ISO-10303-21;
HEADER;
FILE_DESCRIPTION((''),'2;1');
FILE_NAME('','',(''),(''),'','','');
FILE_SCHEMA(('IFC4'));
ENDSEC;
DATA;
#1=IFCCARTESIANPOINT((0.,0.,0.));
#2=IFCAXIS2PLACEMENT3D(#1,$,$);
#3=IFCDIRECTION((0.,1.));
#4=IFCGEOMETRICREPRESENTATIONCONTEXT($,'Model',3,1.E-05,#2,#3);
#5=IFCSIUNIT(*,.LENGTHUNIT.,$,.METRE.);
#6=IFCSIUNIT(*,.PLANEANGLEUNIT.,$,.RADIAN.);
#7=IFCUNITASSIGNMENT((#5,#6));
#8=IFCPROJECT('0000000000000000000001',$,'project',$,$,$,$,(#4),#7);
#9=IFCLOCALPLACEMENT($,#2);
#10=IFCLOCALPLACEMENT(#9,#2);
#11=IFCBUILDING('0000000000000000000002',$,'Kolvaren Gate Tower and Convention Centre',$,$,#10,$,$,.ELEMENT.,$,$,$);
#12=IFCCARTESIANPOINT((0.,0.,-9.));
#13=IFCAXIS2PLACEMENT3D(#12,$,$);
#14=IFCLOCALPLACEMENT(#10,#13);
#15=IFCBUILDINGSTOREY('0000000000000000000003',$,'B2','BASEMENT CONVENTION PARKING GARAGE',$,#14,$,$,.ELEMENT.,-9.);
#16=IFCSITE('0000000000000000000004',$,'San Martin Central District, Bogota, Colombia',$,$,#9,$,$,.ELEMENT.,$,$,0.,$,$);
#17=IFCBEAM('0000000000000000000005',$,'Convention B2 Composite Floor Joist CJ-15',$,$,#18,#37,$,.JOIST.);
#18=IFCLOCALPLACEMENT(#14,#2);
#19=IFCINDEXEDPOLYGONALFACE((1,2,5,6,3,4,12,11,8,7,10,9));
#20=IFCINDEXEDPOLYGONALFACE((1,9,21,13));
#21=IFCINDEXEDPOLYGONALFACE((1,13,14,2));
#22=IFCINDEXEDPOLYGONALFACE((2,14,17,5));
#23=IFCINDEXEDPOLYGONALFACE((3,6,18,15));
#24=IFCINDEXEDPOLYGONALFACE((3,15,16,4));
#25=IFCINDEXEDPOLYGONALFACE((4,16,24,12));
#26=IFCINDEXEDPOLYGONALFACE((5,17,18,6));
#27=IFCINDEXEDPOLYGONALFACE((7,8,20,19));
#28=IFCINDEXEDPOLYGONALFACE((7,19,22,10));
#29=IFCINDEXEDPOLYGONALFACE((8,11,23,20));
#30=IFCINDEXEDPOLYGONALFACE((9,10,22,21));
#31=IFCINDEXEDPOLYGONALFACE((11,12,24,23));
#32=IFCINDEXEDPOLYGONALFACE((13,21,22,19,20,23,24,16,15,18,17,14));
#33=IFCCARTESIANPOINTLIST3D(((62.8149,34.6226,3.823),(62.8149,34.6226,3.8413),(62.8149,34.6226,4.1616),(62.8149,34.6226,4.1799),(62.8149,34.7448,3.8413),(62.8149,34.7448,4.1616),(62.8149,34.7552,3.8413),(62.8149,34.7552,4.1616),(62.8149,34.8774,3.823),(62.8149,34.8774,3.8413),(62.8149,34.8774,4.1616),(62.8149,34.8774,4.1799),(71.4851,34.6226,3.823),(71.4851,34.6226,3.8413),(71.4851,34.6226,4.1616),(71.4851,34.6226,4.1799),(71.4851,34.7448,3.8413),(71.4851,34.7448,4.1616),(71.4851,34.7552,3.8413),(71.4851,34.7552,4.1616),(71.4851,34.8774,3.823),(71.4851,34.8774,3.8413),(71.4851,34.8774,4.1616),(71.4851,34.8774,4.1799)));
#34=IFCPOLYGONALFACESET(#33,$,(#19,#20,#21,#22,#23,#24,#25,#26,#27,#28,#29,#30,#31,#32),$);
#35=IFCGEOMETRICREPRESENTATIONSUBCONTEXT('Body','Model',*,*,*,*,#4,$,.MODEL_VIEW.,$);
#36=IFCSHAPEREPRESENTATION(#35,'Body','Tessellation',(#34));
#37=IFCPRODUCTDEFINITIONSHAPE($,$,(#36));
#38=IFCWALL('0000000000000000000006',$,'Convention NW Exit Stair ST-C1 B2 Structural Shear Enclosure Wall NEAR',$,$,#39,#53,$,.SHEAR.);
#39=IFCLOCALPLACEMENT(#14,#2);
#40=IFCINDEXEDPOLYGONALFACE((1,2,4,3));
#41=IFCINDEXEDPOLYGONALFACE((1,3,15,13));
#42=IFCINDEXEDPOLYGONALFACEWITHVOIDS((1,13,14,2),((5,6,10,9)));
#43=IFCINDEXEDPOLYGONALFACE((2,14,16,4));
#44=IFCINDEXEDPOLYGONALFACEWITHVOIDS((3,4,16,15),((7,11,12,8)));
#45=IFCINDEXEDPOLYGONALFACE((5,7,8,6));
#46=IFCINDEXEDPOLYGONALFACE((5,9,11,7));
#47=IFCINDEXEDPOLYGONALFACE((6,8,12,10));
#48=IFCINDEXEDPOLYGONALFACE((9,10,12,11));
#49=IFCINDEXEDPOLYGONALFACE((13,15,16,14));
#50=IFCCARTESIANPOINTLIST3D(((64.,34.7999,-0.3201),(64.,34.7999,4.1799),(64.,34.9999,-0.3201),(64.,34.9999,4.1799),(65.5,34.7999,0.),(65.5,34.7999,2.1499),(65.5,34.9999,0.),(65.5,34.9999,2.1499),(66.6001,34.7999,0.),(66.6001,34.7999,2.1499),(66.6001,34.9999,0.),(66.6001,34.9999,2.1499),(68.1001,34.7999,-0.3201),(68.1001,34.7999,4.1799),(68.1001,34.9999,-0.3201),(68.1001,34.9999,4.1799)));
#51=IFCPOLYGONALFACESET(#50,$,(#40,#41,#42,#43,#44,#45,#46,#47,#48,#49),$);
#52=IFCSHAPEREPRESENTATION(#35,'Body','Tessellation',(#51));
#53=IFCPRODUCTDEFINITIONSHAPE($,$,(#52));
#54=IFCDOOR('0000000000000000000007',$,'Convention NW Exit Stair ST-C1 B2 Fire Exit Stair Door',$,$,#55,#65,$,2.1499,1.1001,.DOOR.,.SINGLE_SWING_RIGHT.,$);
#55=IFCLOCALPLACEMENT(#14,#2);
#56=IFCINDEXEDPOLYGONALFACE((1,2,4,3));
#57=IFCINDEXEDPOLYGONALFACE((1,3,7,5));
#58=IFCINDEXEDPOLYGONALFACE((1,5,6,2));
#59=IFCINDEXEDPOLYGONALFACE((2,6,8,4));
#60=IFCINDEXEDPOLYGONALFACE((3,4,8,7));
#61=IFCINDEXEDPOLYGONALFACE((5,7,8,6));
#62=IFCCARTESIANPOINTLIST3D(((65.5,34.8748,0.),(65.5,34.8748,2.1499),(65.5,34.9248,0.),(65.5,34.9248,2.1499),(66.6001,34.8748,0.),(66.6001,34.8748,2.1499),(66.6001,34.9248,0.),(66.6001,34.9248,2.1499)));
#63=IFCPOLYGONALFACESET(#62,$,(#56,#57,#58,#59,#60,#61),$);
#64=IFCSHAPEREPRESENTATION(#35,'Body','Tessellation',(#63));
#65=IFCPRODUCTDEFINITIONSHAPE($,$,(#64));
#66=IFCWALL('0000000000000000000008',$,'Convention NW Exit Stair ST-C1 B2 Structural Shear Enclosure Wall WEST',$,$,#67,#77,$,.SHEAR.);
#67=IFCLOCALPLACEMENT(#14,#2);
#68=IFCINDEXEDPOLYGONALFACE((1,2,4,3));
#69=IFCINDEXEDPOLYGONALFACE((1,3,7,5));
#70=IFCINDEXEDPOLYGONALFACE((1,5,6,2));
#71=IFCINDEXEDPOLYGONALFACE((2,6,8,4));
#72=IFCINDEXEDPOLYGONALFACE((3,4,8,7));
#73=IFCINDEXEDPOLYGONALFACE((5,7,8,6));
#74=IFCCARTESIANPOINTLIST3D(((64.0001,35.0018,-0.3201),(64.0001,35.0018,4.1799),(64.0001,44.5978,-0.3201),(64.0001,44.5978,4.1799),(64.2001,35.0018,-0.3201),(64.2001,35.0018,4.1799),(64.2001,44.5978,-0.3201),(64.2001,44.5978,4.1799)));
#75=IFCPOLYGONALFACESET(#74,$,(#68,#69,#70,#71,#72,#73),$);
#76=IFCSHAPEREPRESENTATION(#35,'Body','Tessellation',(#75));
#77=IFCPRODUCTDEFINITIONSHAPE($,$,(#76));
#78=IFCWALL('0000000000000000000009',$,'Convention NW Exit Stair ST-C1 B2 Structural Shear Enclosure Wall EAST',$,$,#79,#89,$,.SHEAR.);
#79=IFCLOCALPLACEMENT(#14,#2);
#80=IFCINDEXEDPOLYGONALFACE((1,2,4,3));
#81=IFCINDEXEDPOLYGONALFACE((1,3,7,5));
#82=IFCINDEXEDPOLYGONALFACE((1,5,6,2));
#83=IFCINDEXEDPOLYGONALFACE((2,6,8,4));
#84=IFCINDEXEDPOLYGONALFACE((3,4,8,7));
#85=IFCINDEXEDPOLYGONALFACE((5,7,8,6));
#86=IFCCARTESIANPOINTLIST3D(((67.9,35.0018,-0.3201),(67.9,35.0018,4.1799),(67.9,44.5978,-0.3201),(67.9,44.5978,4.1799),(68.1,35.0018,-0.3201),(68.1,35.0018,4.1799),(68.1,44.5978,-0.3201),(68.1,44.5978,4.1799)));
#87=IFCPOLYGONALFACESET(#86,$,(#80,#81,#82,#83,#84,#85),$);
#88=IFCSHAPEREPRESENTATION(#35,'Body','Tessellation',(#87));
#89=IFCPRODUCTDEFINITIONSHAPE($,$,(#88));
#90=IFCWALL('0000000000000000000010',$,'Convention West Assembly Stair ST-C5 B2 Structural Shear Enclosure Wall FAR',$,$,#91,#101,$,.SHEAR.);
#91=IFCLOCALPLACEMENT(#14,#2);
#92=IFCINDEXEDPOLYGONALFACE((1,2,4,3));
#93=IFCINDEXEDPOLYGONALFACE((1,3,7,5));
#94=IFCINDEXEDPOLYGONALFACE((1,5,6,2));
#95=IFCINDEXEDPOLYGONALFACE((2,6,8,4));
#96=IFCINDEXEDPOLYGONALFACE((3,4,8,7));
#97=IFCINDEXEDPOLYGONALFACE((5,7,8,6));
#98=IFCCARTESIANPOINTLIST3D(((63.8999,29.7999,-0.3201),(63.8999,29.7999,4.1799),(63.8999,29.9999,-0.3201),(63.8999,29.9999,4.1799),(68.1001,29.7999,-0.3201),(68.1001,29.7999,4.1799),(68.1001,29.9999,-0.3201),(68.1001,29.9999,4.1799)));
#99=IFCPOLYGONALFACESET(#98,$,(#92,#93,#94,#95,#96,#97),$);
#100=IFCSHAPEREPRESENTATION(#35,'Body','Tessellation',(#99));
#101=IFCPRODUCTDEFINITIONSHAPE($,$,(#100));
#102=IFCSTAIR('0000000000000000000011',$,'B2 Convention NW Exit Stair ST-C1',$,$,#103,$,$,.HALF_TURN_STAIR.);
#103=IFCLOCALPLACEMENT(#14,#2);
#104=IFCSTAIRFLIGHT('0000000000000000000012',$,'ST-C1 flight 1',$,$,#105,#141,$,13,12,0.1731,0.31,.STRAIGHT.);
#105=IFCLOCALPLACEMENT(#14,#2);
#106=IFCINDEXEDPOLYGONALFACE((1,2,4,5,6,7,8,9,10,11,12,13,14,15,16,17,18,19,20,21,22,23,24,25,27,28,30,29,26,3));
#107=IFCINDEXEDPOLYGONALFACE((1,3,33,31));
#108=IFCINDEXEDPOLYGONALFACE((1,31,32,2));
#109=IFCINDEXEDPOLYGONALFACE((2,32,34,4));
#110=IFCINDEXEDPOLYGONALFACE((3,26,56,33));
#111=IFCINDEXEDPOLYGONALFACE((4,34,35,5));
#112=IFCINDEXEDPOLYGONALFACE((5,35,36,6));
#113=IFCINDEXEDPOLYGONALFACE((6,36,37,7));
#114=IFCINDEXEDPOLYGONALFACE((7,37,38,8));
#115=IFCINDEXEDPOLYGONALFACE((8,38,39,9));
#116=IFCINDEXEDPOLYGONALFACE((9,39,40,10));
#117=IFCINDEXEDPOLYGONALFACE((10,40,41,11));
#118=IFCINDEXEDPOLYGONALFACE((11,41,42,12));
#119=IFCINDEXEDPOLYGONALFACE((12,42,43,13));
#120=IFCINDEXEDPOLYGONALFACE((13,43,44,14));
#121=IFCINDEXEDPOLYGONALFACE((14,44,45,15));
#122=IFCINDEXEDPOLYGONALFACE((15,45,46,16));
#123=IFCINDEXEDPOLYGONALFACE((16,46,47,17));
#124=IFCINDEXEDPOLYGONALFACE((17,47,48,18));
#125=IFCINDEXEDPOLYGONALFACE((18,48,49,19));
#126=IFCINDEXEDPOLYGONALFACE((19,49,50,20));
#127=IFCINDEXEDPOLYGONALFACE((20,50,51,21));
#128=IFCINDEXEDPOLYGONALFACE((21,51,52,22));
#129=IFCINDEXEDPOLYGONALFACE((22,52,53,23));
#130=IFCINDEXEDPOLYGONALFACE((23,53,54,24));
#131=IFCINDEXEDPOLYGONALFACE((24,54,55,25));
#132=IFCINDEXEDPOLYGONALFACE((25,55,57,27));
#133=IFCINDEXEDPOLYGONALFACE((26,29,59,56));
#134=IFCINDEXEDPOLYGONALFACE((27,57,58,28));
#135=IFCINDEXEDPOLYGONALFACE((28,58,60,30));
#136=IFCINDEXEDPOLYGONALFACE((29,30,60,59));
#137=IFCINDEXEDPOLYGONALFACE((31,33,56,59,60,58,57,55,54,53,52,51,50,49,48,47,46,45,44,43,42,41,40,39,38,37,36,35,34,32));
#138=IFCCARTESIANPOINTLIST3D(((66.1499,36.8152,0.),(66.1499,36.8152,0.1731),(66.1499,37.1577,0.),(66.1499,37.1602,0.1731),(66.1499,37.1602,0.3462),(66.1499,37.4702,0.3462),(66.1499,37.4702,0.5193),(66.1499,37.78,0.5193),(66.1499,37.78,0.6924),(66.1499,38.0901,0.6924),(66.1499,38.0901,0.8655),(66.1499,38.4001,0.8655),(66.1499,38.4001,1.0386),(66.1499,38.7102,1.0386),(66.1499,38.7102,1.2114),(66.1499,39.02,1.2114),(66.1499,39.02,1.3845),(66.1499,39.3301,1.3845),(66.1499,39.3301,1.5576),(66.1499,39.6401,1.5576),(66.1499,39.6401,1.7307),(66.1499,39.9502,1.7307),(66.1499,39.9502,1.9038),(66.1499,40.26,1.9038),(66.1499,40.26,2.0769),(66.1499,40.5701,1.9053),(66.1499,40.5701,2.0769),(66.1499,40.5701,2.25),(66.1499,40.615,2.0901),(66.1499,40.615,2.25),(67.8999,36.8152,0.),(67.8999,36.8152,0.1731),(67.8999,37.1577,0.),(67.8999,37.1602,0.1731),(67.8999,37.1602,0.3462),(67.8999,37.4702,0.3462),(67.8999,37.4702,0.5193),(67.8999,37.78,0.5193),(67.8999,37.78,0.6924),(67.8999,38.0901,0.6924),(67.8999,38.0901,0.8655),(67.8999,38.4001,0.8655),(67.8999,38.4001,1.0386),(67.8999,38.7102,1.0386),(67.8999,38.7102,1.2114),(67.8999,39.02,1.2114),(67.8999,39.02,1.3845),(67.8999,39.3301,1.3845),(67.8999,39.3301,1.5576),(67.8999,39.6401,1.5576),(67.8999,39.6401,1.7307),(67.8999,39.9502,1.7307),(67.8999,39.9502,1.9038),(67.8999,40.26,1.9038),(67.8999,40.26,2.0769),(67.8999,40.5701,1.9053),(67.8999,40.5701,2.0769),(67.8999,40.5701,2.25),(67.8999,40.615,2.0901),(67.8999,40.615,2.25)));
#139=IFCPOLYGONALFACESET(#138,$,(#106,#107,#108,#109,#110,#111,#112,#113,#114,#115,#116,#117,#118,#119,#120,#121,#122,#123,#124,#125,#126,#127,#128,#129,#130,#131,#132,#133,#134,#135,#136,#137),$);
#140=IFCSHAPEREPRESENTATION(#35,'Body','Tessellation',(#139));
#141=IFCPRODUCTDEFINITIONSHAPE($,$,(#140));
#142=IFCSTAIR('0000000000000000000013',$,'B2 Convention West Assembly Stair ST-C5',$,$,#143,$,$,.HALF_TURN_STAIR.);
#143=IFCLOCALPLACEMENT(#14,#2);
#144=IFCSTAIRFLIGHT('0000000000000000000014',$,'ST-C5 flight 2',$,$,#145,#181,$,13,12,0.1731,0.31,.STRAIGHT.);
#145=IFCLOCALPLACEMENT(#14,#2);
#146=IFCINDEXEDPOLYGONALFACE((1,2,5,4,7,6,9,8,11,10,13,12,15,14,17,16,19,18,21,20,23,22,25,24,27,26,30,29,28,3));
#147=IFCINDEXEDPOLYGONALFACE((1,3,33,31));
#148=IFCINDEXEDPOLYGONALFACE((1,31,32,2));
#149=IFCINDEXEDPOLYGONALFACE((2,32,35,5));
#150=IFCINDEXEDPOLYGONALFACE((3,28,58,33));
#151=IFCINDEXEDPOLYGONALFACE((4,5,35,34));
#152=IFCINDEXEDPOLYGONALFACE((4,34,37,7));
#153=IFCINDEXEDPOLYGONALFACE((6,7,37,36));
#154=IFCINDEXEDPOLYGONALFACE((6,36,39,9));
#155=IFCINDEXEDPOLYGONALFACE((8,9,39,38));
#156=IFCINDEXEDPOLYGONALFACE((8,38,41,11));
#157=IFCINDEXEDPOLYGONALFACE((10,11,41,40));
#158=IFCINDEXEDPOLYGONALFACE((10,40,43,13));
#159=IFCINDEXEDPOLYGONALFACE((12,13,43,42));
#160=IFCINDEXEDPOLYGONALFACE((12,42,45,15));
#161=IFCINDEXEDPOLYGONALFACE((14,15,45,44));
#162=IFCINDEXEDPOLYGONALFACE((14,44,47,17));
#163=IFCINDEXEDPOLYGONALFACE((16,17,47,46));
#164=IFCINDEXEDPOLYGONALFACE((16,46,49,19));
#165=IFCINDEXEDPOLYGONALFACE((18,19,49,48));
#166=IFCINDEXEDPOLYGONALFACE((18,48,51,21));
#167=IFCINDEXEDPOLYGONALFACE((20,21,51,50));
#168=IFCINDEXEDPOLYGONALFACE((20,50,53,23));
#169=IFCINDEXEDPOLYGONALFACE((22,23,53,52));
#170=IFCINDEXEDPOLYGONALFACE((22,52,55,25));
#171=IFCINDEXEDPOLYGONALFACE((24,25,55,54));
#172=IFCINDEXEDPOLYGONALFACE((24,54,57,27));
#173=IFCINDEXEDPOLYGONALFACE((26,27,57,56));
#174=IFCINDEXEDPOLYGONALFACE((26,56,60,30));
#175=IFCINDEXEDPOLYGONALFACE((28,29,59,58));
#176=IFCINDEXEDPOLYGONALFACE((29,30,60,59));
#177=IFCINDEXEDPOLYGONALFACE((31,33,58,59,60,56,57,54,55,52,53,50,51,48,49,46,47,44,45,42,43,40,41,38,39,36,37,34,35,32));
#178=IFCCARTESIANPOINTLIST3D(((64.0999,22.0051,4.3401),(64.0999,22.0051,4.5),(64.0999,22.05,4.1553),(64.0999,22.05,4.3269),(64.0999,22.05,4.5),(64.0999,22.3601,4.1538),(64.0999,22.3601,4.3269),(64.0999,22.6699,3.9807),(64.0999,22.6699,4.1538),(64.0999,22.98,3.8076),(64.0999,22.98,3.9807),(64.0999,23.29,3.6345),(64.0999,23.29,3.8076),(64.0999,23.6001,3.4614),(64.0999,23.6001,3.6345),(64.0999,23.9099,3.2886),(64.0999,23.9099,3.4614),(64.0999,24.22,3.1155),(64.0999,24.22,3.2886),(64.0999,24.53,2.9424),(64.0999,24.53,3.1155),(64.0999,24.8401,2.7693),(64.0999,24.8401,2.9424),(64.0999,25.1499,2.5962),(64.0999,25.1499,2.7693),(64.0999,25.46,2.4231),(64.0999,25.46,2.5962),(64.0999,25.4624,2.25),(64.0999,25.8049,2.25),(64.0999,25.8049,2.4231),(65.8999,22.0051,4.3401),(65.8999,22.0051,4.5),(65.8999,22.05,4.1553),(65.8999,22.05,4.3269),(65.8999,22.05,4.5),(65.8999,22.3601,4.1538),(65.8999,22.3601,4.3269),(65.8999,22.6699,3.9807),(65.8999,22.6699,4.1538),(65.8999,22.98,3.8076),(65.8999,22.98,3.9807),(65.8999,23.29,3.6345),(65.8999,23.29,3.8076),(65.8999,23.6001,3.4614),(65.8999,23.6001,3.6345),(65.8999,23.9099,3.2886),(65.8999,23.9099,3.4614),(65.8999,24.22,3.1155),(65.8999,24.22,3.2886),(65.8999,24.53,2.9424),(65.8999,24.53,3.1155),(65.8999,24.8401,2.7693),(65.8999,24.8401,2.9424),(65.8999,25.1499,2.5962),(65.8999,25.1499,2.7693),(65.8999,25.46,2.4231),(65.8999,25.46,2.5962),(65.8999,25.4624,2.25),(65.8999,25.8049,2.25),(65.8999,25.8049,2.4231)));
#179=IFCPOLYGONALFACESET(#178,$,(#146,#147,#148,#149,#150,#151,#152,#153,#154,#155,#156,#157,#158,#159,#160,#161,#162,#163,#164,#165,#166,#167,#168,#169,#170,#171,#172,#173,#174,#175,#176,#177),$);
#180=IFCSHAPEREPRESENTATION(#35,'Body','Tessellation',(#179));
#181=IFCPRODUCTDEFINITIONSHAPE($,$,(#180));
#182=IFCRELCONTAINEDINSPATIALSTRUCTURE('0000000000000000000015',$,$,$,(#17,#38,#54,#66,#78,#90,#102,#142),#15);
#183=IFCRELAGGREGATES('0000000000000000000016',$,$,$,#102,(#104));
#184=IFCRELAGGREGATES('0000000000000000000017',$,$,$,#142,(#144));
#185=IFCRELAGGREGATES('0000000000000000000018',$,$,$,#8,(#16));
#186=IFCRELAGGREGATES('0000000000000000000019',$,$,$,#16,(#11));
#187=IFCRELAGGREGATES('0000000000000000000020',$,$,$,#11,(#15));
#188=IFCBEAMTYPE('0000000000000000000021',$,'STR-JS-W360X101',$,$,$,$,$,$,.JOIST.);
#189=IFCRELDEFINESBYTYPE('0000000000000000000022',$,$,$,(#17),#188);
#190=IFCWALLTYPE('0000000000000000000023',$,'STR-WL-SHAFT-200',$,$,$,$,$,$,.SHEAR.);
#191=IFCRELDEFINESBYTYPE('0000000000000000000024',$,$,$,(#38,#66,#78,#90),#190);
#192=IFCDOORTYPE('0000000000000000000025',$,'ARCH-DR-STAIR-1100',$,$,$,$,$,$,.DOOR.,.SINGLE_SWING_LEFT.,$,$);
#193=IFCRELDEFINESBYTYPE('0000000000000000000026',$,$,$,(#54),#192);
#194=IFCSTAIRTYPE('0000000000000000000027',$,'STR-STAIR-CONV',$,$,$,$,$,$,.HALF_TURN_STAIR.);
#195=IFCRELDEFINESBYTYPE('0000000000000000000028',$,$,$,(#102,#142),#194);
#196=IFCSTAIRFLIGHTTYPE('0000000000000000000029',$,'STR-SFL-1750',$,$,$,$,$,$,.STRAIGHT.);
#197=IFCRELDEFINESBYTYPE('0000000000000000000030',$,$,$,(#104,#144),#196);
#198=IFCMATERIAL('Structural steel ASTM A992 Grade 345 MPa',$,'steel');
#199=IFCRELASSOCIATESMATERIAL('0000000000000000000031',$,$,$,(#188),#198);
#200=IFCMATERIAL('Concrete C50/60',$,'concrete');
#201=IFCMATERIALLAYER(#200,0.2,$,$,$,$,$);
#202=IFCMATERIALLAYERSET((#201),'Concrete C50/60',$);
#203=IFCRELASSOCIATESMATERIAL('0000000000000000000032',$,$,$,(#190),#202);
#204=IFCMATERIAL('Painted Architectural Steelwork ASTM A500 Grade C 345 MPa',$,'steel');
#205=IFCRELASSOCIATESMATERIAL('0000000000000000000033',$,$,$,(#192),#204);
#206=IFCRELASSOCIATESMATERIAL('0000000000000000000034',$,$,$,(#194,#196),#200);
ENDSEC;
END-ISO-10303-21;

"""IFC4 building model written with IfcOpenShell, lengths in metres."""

from ifc_helpers import new_model, si_unit, direction, frame, frame_2d, origin, origin_2d, place, context, subcontext, project, spatial, polyline, rectangle, i_section, outline, extrude, material, layer, layer_set, material_profile, profile_set, type_object, element, fill, aggregate, save


model = new_model("IFC4")

# Units and contexts
model_context = context("Model", 3, precision=1e-05, world=origin(), true_north=direction((0.0, 1.0)))
body_context = subcontext(model_context, "Body", "Model", "MODEL_VIEW")
ifc_project = project(units=[si_unit("LENGTHUNIT", "METRE"), si_unit("PLANEANGLEUNIT", "RADIAN")], contexts=[model_context])

# Site, building, storey
site_placement = place(None, origin())
site = spatial("IfcSite", under=ifc_project, at=site_placement, Name="San Martin Central District, Bogota, Colombia", CompositionType="ELEMENT", RefElevation=0.0)
building_placement = place(site_placement, origin())
building = spatial("IfcBuilding", under=site, at=building_placement, Name="Kolvaren Gate Tower and Convention Centre", CompositionType="ELEMENT")
storey_placement = place(building_placement, frame((0.0, 0.0, -9.0)))
storey = spatial("IfcBuildingStorey", under=building, at=storey_placement, Name="B2", Description="BASEMENT CONVENTION PARKING GARAGE", CompositionType="ELEMENT", Elevation=-9.0)

# Beam
ifc_material_1 = material(Name="Structural steel ASTM A992 Grade 345 MPa", Category="steel")
ifc_material_profile_1 = material_profile(ifc_material_1, i_section(OverallWidth=0.2549, OverallDepth=0.3569, WebThickness=0.0105, FlangeThickness=0.0183, at=origin_2d()), Name="W360X101")
ifc_profile_set_1 = profile_set([ifc_material_profile_1], Name="Structural steel ASTM A992 Grade 345 MPa")
beam_type_1 = type_object("IfcBeamType", Name="STR-JS-W360X101", PredefinedType="JOIST", material=ifc_profile_set_1)
beam_1_placement = place(storey_placement, frame((62.8149, 34.75, 4.0015), z_axis=(1.0, 0.0, 0.0), x_axis=(0.0, 1.0, 0.0)))
element("IfcBeam", 1, at=beam_1_placement, inside=storey, type_object=beam_type_1, Name="Convention B2 Composite Floor Joist CJ-15", PredefinedType="JOIST", context=body_context, shape_type="SweptSolid", body=[
    extrude(i_section(OverallWidth=0.2549, OverallDepth=0.3569, WebThickness=0.0105, FlangeThickness=0.0183, at=origin_2d()), origin(), (0.0, 0.0, 1.0), 8.6702),
])

# Wall, opening, door
ifc_material_2 = material(Name="Concrete C50/60", Category="concrete")
ifc_layer = layer(ifc_material_2, 0.2)
ifc_layer_set = layer_set([ifc_layer], Name="Concrete C50/60")
wall_type = type_object("IfcWallType", Name="STR-WL-SHAFT-200", PredefinedType="SHEAR", material=ifc_layer_set)
wall_1_placement = place(storey_placement, frame((64.0, 34.8999, -0.3201), z_axis=(0.0, 0.0, 1.0), x_axis=(1.0, 0.0, 0.0)))
wall_1 = element("IfcWall", 2, at=wall_1_placement, inside=storey, type_object=wall_type, Name="Convention NW Exit Stair ST-C1 B2 Structural Shear Enclosure Wall NEAR", PredefinedType="SHEAR", context=body_context, shape_type="SweptSolid", body=[
    extrude(rectangle(XDim=4.1001, YDim=0.2, at=frame_2d((2.05, 0.0))), origin(), (0.0, 0.0, 1.0), 4.5),
])
opening_placement = place(wall_1_placement, frame((1.5, 0.0, 0.3201)))
opening = element("IfcOpeningElement", 3, at=opening_placement, cuts=wall_1, PredefinedType="OPENING", context=body_context, shape_type="SweptSolid", body=[
    extrude(rectangle(XDim=1.1001, YDim=2.1499, at=frame_2d((0.55, 1.075))), frame((0.0, 0.1099, 0.0), z_axis=(0.0, -1.0, 0.0), x_axis=(1.0, 0.0, 0.0)), (0.0, 0.0, 1.0), 0.22),
])
ifc_material_3 = material(Name="Painted Architectural Steelwork ASTM A500 Grade C 345 MPa", Category="steel")
door_type = type_object("IfcDoorType", Name="ARCH-DR-STAIR-1100", OperationType="SINGLE_SWING_LEFT", PredefinedType="DOOR", material=ifc_material_3)
door_placement = place(opening_placement, origin())
door = element("IfcDoor", 4, at=door_placement, inside=storey, type_object=door_type, Name="Convention NW Exit Stair ST-C1 B2 Fire Exit Stair Door", OperationType="SINGLE_SWING_RIGHT", OverallHeight=2.1499, OverallWidth=1.1001, PredefinedType="DOOR", context=body_context, shape_type="SweptSolid", body=[
    extrude(rectangle(XDim=1.1001, YDim=2.1499, at=frame_2d((0.55, 1.075))), frame((0.0, 0.0249, 0.0), z_axis=(0.0, -1.0, 0.0), x_axis=(1.0, 0.0, 0.0)), (0.0, 0.0, 1.0), 0.05),
])
fill(opening, door)

# Walls
for number, where, z_axis, x_axis, name in (
    (5, (64.1001, 35.002, -0.3201), (0.0, 0.0, 1.0), (0.0, 1.0, 0.0), "Convention NW Exit Stair ST-C1 B2 Structural Shear Enclosure Wall WEST"),
    (6, (68.0, 35.002, -0.3201), (0.0, 0.0, 1.0), (0.0, 1.0, 0.0), "Convention NW Exit Stair ST-C1 B2 Structural Shear Enclosure Wall EAST"),
):
    element("IfcWall", number, at=place(storey_placement, frame(where, z_axis=z_axis, x_axis=x_axis)), inside=storey, type_object=wall_type, Name=name, PredefinedType="SHEAR", context=body_context, shape_type="SweptSolid", body=[
        extrude(rectangle(XDim=9.5959, YDim=0.2, at=frame_2d((4.7979, 0.0))), origin(), (0.0, 0.0, 1.0), 4.5),
    ])
wall_2_placement = place(storey_placement, frame((63.8999, 29.8999, -0.3201), z_axis=(0.0, 0.0, 1.0), x_axis=(1.0, 0.0, 0.0)))
element("IfcWall", 7, at=wall_2_placement, inside=storey, type_object=wall_type, Name="Convention West Assembly Stair ST-C5 B2 Structural Shear Enclosure Wall FAR", PredefinedType="SHEAR", context=body_context, shape_type="SweptSolid", body=[
    extrude(rectangle(XDim=4.2002, YDim=0.2, at=frame_2d((2.1001, 0.0))), origin(), (0.0, 0.0, 1.0), 4.5),
])

# Stairs, stair flights
stair_type = type_object("IfcStairType", Name="STR-STAIR-CONV", PredefinedType="HALF_TURN_STAIR", material=ifc_material_2)
stair_1_placement = place(storey_placement, origin())
stair_1 = element("IfcStair", 8, at=stair_1_placement, inside=storey, type_object=stair_type, Name="B2 Convention NW Exit Stair ST-C1", PredefinedType="HALF_TURN_STAIR")
stair_flight_type = type_object("IfcStairFlightType", Name="STR-SFL-1750", PredefinedType="STRAIGHT", material=ifc_material_2)
stair_flight_1_placement = place(storey_placement, frame((67.0249, 36.8501, 0.0), z_axis=(0.0, 0.0, 1.0), x_axis=(0.0, 1.0, 0.0)))
stair_flight_1 = element("IfcStairFlight", 9, at=stair_flight_1_placement, type_object=stair_flight_type, Name="ST-C1 flight 1", NumberOfRisers=13, NumberOfTreads=12, PredefinedType="STRAIGHT", RiserHeight=0.1731, TreadLength=0.31, context=body_context, shape_type="SweptSolid", body=[
    extrude(outline(polyline([(-0.0349, 0.0), (-0.0349, 0.1731), (0.3101, 0.1731), (0.3101, 0.3462), (0.6201, 0.3462), (0.6201, 0.5193), (0.9299, 0.5193), (0.9299, 0.6924), (1.24, 0.6924), (1.24, 0.8655), (1.55, 0.8655), (1.55, 1.0386), (1.8601, 1.0386), (1.8601, 1.2114), (2.1699, 1.2114), (2.1699, 1.3845), (2.48, 1.3845), (2.48, 1.5576), (2.79, 1.5576), (2.79, 1.7307), (3.1001, 1.7307), (3.1001, 1.9038), (3.4099, 1.9038), (3.4099, 2.0769), (3.72, 2.0769), (3.72, 2.25), (3.7649, 2.25), (3.7649, 2.0901), (3.72, 1.9053), (0.3076, 0.0), (-0.0349, 0.0)])), frame((0.0, 0.875, 0.0), z_axis=(0.0, -1.0, 0.0), x_axis=(1.0, 0.0, 0.0)), (0.0, 0.0, 1.0), 1.75),
])
aggregate(stair_1, [stair_flight_1])
stair_2_placement = place(storey_placement, origin())
stair_2 = element("IfcStair", 10, at=stair_2_placement, inside=storey, type_object=stair_type, Name="B2 Convention West Assembly Stair ST-C5", PredefinedType="HALF_TURN_STAIR")
stair_flight_2_placement = place(storey_placement, frame((65.0, 25.77, 2.25), z_axis=(0.0, 0.0, 1.0), x_axis=(0.0, -1.0, 0.0)))
stair_flight_2 = element("IfcStairFlight", 11, at=stair_flight_2_placement, type_object=stair_flight_type, Name="ST-C5 flight 2", NumberOfRisers=13, NumberOfTreads=12, PredefinedType="STRAIGHT", RiserHeight=0.1731, TreadLength=0.31, context=body_context, shape_type="SweptSolid", body=[
    extrude(outline(polyline([(-0.0349, 0.0), (-0.0349, 0.1731), (0.3101, 0.1731), (0.3101, 0.3462), (0.6201, 0.3462), (0.6201, 0.5193), (0.9299, 0.5193), (0.9299, 0.6924), (1.24, 0.6924), (1.24, 0.8655), (1.55, 0.8655), (1.55, 1.0386), (1.8601, 1.0386), (1.8601, 1.2114), (2.1699, 1.2114), (2.1699, 1.3845), (2.48, 1.3845), (2.48, 1.5576), (2.79, 1.5576), (2.79, 1.7307), (3.1001, 1.7307), (3.1001, 1.9038), (3.4099, 1.9038), (3.4099, 2.0769), (3.72, 2.0769), (3.72, 2.25), (3.7649, 2.25), (3.7649, 2.0901), (3.72, 1.9053), (0.3076, 0.0), (-0.0349, 0.0)])), frame((0.0, 0.8999, 0.0), z_axis=(0.0, -1.0, 0.0), x_axis=(1.0, 0.0, 0.0)), (0.0, 0.0, 1.0), 1.8),
])
aggregate(stair_2, [stair_flight_2])

save(model, "model.ifc")
